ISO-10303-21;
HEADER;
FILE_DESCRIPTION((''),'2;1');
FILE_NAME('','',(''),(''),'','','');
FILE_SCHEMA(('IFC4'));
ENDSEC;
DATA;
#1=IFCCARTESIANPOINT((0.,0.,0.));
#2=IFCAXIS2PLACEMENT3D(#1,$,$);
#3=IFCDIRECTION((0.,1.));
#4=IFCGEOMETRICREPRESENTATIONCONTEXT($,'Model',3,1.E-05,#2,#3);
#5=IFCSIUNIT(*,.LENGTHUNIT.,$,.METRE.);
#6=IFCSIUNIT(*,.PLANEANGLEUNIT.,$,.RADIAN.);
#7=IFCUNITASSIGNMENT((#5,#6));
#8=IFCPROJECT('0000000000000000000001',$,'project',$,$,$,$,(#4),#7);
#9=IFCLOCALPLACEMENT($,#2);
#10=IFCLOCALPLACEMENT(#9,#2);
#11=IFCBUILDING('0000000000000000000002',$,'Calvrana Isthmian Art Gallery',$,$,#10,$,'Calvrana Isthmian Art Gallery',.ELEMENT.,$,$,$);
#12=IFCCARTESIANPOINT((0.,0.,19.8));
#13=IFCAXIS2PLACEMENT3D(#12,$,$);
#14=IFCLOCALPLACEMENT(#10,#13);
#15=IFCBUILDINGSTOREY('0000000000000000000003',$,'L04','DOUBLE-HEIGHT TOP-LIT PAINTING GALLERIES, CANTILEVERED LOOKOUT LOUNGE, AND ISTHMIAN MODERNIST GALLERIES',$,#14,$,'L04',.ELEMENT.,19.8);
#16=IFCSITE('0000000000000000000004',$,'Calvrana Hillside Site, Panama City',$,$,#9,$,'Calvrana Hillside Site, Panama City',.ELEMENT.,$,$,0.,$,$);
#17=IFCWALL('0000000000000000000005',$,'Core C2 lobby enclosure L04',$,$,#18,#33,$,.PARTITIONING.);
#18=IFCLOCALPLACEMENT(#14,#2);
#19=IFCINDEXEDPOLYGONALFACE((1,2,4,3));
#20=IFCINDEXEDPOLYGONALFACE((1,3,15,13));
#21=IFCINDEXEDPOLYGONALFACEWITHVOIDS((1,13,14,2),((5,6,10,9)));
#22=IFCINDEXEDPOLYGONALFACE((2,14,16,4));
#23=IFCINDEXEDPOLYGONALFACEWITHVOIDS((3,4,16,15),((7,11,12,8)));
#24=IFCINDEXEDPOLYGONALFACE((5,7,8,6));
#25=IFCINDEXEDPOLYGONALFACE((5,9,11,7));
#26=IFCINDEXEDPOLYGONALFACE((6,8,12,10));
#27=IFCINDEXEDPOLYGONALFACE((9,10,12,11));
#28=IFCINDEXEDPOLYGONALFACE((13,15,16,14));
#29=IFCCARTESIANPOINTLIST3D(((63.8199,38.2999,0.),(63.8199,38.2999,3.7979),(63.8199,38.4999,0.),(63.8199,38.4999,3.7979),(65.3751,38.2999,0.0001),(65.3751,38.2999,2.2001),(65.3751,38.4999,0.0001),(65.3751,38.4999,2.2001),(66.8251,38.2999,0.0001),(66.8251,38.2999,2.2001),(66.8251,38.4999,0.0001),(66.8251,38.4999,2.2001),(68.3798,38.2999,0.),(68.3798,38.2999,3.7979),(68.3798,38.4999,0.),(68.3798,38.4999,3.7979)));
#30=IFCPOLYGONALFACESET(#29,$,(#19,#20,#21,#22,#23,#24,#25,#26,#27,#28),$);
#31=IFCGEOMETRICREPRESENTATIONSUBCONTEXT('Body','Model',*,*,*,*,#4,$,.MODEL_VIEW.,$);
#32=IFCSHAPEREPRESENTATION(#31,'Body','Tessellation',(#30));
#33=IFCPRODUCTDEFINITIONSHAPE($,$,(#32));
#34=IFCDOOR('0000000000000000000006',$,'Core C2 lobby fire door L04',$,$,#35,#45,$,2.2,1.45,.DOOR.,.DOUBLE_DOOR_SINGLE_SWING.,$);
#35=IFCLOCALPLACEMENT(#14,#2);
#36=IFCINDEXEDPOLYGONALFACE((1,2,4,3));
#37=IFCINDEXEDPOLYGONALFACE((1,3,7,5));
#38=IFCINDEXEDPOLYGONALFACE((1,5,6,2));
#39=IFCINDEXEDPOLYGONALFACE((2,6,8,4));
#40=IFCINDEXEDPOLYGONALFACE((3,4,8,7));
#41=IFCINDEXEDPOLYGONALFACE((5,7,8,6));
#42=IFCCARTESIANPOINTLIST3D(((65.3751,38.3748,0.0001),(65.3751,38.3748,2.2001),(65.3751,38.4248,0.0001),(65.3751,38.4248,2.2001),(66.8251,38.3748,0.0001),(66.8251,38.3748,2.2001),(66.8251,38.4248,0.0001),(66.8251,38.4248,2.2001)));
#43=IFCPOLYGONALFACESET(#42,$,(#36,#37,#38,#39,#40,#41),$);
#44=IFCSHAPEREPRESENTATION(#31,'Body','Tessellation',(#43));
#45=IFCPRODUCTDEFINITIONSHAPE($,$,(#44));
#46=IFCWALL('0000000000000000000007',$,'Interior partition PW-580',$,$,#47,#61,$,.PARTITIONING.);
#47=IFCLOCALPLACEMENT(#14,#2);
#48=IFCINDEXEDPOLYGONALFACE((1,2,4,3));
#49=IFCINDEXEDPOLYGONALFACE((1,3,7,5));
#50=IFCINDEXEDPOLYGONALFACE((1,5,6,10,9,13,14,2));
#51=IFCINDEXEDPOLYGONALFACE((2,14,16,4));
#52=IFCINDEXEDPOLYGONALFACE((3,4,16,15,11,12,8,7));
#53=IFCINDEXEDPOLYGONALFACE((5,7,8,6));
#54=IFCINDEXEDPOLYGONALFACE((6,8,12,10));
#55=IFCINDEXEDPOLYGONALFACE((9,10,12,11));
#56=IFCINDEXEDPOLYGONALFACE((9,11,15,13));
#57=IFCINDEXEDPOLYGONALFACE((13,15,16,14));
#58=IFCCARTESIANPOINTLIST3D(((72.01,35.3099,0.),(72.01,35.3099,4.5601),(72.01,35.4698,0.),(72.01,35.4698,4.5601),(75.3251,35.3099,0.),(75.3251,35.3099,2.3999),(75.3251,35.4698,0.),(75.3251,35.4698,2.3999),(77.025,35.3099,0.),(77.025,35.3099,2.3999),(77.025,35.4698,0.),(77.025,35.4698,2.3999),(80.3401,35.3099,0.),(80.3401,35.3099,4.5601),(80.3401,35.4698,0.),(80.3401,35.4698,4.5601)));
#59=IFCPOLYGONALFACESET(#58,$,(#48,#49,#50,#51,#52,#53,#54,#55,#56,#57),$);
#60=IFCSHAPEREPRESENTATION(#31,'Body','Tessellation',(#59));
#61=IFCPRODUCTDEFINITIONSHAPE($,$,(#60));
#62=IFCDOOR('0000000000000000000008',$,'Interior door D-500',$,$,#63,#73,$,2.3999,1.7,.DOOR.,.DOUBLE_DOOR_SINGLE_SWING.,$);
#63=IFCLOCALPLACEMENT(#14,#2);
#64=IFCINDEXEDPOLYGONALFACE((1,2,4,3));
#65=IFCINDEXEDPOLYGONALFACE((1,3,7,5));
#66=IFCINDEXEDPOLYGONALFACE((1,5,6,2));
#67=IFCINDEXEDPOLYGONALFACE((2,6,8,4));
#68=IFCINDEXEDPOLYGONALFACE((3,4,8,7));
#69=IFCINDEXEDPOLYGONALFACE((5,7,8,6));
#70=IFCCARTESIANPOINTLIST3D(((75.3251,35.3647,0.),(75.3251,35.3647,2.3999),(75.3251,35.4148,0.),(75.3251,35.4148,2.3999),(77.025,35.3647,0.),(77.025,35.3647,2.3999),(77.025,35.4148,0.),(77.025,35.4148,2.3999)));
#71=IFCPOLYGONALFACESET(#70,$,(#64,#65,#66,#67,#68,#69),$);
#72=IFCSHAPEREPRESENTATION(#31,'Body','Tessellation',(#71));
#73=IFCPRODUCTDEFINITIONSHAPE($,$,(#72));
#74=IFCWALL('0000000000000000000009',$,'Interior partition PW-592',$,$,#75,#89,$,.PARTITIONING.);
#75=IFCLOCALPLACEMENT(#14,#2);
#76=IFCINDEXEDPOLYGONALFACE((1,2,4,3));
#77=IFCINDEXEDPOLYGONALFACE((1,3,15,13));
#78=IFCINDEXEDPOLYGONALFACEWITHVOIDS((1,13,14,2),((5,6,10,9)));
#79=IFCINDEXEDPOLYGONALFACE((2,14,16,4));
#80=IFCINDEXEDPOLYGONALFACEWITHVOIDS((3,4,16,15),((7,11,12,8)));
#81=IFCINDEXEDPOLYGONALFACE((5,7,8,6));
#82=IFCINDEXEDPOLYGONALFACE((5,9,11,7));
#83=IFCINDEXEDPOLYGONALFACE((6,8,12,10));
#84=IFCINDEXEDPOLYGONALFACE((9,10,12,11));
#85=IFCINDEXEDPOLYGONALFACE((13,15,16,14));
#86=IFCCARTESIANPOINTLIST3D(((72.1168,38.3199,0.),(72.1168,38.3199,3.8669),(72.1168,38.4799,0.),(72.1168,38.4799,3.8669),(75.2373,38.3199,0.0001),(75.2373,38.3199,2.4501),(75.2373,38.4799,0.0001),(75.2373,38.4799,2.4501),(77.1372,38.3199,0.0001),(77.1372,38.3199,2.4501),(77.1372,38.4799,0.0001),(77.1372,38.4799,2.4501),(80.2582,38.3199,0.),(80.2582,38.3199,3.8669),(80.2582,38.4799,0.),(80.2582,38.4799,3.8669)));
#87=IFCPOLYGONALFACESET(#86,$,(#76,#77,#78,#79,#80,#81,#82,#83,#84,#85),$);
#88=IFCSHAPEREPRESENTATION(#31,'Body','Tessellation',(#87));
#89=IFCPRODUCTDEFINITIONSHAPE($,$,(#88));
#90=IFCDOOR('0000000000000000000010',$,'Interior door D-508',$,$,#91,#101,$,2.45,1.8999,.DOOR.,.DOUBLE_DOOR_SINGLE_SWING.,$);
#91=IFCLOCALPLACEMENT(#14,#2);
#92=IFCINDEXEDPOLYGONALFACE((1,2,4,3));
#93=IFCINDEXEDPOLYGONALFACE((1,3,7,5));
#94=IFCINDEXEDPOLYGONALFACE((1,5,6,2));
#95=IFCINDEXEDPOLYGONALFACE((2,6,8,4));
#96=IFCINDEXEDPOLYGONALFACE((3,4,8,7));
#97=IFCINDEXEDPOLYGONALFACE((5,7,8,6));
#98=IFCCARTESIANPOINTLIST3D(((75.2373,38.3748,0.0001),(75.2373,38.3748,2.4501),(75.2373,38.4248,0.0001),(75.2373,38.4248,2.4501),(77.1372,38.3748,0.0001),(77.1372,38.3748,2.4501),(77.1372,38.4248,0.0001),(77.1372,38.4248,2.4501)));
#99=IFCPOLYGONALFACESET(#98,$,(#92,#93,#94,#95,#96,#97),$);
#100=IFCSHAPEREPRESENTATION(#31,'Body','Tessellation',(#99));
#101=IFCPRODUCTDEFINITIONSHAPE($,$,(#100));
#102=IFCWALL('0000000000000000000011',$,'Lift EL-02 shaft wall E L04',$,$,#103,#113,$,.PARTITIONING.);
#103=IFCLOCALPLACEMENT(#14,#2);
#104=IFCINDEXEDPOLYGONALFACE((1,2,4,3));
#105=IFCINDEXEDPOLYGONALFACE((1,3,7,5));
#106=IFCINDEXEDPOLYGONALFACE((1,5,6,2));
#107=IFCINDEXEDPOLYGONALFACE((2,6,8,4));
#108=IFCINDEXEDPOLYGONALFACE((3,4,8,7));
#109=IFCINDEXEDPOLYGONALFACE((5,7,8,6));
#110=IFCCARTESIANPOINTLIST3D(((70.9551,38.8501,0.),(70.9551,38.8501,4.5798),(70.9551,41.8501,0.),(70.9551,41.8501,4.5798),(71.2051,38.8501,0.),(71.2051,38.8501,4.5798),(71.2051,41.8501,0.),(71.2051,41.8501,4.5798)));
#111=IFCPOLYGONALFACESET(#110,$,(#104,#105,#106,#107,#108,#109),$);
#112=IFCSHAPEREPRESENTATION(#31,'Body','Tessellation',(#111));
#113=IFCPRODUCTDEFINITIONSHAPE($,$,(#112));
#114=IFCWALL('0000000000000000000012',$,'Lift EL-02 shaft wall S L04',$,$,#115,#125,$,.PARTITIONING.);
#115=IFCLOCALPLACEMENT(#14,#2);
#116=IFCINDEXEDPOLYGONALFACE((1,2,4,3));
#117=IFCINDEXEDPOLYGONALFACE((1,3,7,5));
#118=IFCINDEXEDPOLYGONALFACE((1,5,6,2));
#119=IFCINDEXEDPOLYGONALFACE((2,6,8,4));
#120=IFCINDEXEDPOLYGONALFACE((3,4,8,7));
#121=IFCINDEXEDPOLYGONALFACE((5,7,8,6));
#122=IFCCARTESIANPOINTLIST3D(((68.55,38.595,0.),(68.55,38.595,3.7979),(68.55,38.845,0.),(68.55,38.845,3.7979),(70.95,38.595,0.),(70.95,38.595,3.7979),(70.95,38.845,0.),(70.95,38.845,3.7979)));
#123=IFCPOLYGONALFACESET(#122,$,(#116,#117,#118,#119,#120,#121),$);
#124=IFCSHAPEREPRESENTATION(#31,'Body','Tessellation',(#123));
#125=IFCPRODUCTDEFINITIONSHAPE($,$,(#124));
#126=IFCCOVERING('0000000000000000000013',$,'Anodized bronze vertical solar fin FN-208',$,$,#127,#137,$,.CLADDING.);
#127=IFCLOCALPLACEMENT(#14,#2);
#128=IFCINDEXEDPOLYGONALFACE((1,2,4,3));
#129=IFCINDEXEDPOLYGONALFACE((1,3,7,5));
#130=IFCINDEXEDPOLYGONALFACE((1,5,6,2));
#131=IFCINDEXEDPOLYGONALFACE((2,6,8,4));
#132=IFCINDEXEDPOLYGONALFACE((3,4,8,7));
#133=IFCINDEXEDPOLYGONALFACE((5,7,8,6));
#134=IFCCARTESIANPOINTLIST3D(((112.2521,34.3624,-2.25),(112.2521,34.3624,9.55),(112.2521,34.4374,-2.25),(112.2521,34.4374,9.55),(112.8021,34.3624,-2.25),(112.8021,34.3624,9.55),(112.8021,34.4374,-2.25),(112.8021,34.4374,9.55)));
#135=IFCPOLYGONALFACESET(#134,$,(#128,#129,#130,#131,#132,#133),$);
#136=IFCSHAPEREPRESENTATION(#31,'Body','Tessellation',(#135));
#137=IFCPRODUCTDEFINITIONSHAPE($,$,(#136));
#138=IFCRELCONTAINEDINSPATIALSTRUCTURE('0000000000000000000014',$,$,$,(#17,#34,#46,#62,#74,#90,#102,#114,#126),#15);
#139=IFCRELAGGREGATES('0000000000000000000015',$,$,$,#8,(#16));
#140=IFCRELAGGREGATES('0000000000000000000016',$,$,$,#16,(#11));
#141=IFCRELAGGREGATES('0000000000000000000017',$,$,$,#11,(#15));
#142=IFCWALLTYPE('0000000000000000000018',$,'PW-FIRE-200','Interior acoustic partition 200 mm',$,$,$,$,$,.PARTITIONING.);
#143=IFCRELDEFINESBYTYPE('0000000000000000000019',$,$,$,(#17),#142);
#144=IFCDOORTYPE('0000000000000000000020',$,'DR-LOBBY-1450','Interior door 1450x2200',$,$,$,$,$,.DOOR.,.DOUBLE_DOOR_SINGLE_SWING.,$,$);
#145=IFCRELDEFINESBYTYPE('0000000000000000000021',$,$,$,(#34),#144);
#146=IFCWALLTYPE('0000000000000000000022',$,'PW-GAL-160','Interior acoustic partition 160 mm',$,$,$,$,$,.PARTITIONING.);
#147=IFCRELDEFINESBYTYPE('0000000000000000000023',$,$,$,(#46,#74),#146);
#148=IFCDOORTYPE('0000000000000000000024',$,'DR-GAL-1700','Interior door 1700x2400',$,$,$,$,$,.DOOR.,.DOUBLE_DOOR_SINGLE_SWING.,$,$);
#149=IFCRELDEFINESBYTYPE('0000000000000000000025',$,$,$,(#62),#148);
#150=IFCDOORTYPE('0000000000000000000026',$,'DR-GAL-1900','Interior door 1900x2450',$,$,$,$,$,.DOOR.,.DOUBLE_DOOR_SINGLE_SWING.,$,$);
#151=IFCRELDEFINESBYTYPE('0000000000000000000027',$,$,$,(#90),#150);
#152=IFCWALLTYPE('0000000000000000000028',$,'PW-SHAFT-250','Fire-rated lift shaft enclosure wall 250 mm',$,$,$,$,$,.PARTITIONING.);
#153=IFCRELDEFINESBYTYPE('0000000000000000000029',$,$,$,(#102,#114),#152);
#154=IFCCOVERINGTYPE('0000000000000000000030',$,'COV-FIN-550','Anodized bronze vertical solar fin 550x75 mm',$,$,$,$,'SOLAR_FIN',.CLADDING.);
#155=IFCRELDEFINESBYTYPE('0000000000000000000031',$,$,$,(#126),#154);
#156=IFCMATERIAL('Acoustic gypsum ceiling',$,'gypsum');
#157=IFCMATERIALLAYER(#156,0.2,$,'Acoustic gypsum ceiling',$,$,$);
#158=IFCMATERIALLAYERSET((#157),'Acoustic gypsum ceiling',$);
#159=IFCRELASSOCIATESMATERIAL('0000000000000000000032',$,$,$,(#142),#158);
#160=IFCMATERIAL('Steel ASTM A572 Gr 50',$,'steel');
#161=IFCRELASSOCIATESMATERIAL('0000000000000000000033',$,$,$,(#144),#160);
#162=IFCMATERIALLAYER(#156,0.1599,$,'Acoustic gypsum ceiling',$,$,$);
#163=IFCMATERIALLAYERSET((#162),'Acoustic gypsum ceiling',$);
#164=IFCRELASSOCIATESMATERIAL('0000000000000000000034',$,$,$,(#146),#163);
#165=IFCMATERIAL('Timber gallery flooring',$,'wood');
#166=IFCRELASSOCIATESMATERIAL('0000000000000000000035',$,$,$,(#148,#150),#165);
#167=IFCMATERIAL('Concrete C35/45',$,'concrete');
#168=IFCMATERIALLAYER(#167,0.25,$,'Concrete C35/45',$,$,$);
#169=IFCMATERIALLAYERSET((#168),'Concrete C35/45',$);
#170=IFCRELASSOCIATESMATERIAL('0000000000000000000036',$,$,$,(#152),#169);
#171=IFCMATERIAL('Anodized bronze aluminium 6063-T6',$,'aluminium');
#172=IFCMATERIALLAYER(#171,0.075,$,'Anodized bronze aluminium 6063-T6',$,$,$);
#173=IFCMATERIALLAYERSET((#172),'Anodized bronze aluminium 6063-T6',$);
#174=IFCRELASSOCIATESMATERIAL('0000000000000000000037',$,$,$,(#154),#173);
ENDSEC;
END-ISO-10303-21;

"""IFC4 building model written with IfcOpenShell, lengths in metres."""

from ifc_helpers import new_model, si_unit, direction, frame, frame_2d, origin, origin_2d, place, context, subcontext, project, spatial, rectangle, extrude, material, layer, layer_set, type_object, element, fill, save


model = new_model("IFC4")

# Units and contexts
model_context = context("Model", 3, precision=1e-05, world=origin(), true_north=direction((0.0, 1.0)))
body_context = subcontext(model_context, "Body", "Model", "MODEL_VIEW")
ifc_project = project(units=[si_unit("LENGTHUNIT", "METRE"), si_unit("PLANEANGLEUNIT", "RADIAN")], contexts=[model_context])

# Site, building, storey
site_placement = place(None, origin())
site = spatial("IfcSite", under=ifc_project, at=site_placement, Name="Calvrana Hillside Site, Panama City", LongName="Calvrana Hillside Site, Panama City", CompositionType="ELEMENT", RefElevation=0.0)
building_placement = place(site_placement, origin())
building = spatial("IfcBuilding", under=site, at=building_placement, Name="Calvrana Isthmian Art Gallery", LongName="Calvrana Isthmian Art Gallery", CompositionType="ELEMENT")
storey_placement = place(building_placement, frame((0.0, 0.0, 19.8)))
storey = spatial("IfcBuildingStorey", under=building, at=storey_placement, Name="L04", Description="DOUBLE-HEIGHT TOP-LIT PAINTING GALLERIES, CANTILEVERED LOOKOUT LOUNGE, AND ISTHMIAN MODERNIST GALLERIES", LongName="L04", CompositionType="ELEMENT", Elevation=19.8)

# Shared definitions
ifc_material_1 = material(Name="Steel ASTM A572 Gr 50", Category="steel")

# Walls, openings, doors
ifc_material_2 = material(Name="Acoustic gypsum ceiling", Category="gypsum")
ifc_layer_1 = layer(ifc_material_2, 0.2, Name="Acoustic gypsum ceiling")
ifc_layer_set_1 = layer_set([ifc_layer_1], Name="Acoustic gypsum ceiling")
wall_type_1 = type_object("IfcWallType", Name="PW-FIRE-200", Description="Interior acoustic partition 200 mm", PredefinedType="PARTITIONING", material=ifc_layer_set_1)
wall_1_placement = place(storey_placement, frame((63.8201, 38.3999, 0.0), z_axis=(0.0, 0.0, 1.0), x_axis=(1.0, 0.0, 0.0)))
wall_1 = element("IfcWall", 1, at=wall_1_placement, inside=storey, type_object=wall_type_1, Name="Core C2 lobby enclosure L04", PredefinedType="PARTITIONING", context=body_context, shape_type="SweptSolid", body=[
    extrude(rectangle(XDim=4.5598, YDim=0.2, at=frame_2d((2.2798, 0.0))), origin(), (0.0, 0.0, 1.0), 3.7979),
])
opening_1_placement = place(wall_1_placement, frame((1.5549, 0.0, 0.0)))
opening_1 = element("IfcOpeningElement", 2, at=opening_1_placement, cuts=wall_1, PredefinedType="OPENING", context=body_context, shape_type="SweptSolid", body=[
    extrude(rectangle(XDim=1.45, YDim=2.2, at=frame_2d((0.7251, 1.1001))), frame((0.0, 0.1104, 0.0), z_axis=(0.0, -1.0, 0.0), x_axis=(1.0, 0.0, 0.0)), (0.0, 0.0, 1.0), 0.2205),
])
door_type_1 = type_object("IfcDoorType", Name="DR-LOBBY-1450", Description="Interior door 1450x2200", OperationType="DOUBLE_DOOR_SINGLE_SWING", PredefinedType="DOOR", material=ifc_material_1)
door_1_placement = place(opening_1_placement, origin())
door_1 = element("IfcDoor", 3, at=door_1_placement, inside=storey, type_object=door_type_1, Name="Core C2 lobby fire door L04", OperationType="DOUBLE_DOOR_SINGLE_SWING", OverallHeight=2.2, OverallWidth=1.45, PredefinedType="DOOR", context=body_context, shape_type="SweptSolid", body=[
    extrude(rectangle(XDim=1.45, YDim=2.2, at=frame_2d((0.7251, 1.1001))), frame((0.0, 0.0249, 0.0), z_axis=(0.0, -1.0, 0.0), x_axis=(1.0, 0.0, 0.0)), (0.0, 0.0, 1.0), 0.05),
])
fill(opening_1, door_1)
ifc_layer_2 = layer(ifc_material_2, 0.1599, Name="Acoustic gypsum ceiling")
ifc_layer_set_2 = layer_set([ifc_layer_2], Name="Acoustic gypsum ceiling")
wall_type_2 = type_object("IfcWallType", Name="PW-GAL-160", Description="Interior acoustic partition 160 mm", PredefinedType="PARTITIONING", material=ifc_layer_set_2)
wall_2_placement = place(storey_placement, frame((72.01, 35.3899, 0.0), z_axis=(0.0, 0.0, 1.0), x_axis=(1.0, 0.0, 0.0)))
wall_2 = element("IfcWall", 4, at=wall_2_placement, inside=storey, type_object=wall_type_2, Name="Interior partition PW-580", PredefinedType="PARTITIONING", context=body_context, shape_type="SweptSolid", body=[
    extrude(rectangle(XDim=8.3301, YDim=0.1599, at=frame_2d((4.165, 0.0))), origin(), (0.0, 0.0, 1.0), 4.5601),
])
opening_2_placement = place(wall_2_placement, frame((3.3149, 0.0, 0.0)))
opening_2 = element("IfcOpeningElement", 5, at=opening_2_placement, cuts=wall_2, PredefinedType="OPENING", context=body_context, shape_type="SweptSolid", body=[
    extrude(rectangle(XDim=1.7, YDim=2.3999, at=frame_2d((0.8501, 1.2))), frame((0.0, 0.0903, 0.0), z_axis=(0.0, -1.0, 0.0), x_axis=(1.0, 0.0, 0.0)), (0.0, 0.0, 1.0), 0.1804),
])
ifc_material_3 = material(Name="Timber gallery flooring", Category="wood")
door_type_2 = type_object("IfcDoorType", Name="DR-GAL-1700", Description="Interior door 1700x2400", OperationType="DOUBLE_DOOR_SINGLE_SWING", PredefinedType="DOOR", material=ifc_material_3)
door_2_placement = place(opening_2_placement, origin())
door_2 = element("IfcDoor", 6, at=door_2_placement, inside=storey, type_object=door_type_2, Name="Interior door D-500", OperationType="DOUBLE_DOOR_SINGLE_SWING", OverallHeight=2.3999, OverallWidth=1.7, PredefinedType="DOOR", context=body_context, shape_type="SweptSolid", body=[
    extrude(rectangle(XDim=1.7, YDim=2.3999, at=frame_2d((0.8501, 1.2))), frame((0.0, 0.0249, 0.0), z_axis=(0.0, -1.0, 0.0), x_axis=(1.0, 0.0, 0.0)), (0.0, 0.0, 1.0), 0.05),
])
fill(opening_2, door_2)
wall_3_placement = place(storey_placement, frame((72.1167, 38.3999, 0.0), z_axis=(0.0, 0.0, 1.0), x_axis=(1.0, 0.0, 0.0)))
wall_3 = element("IfcWall", 7, at=wall_3_placement, inside=storey, type_object=wall_type_2, Name="Interior partition PW-592", PredefinedType="PARTITIONING", context=body_context, shape_type="SweptSolid", body=[
    extrude(rectangle(XDim=8.1414, YDim=0.1599, at=frame_2d((4.0708, 0.0))), origin(), (0.0, 0.0, 1.0), 3.8669),
])
opening_3_placement = place(wall_3_placement, frame((3.1206, 0.0, 0.0)))
opening_3 = element("IfcOpeningElement", 8, at=opening_3_placement, cuts=wall_3, PredefinedType="OPENING", context=body_context, shape_type="SweptSolid", body=[
    extrude(rectangle(XDim=1.8999, YDim=2.45, at=frame_2d((0.95, 1.2251))), frame((0.0, 0.0903, 0.0), z_axis=(0.0, -1.0, 0.0), x_axis=(1.0, 0.0, 0.0)), (0.0, 0.0, 1.0), 0.1804),
])
door_type_3 = type_object("IfcDoorType", Name="DR-GAL-1900", Description="Interior door 1900x2450", OperationType="DOUBLE_DOOR_SINGLE_SWING", PredefinedType="DOOR", material=ifc_material_3)
door_3_placement = place(opening_3_placement, origin())
door_3 = element("IfcDoor", 9, at=door_3_placement, inside=storey, type_object=door_type_3, Name="Interior door D-508", OperationType="DOUBLE_DOOR_SINGLE_SWING", OverallHeight=2.45, OverallWidth=1.8999, PredefinedType="DOOR", context=body_context, shape_type="SweptSolid", body=[
    extrude(rectangle(XDim=1.8999, YDim=2.45, at=frame_2d((0.95, 1.2251))), frame((0.0, 0.0249, 0.0), z_axis=(0.0, -1.0, 0.0), x_axis=(1.0, 0.0, 0.0)), (0.0, 0.0, 1.0), 0.05),
])
fill(opening_3, door_3)

# Walls
ifc_material_4 = material(Name="Concrete C35/45", Category="concrete")
ifc_layer_3 = layer(ifc_material_4, 0.25, Name="Concrete C35/45")
ifc_layer_set_3 = layer_set([ifc_layer_3], Name="Concrete C35/45")
wall_type_3 = type_object("IfcWallType", Name="PW-SHAFT-250", Description="Fire-rated lift shaft enclosure wall 250 mm", PredefinedType="PARTITIONING", material=ifc_layer_set_3)
wall_4_placement = place(storey_placement, frame((71.0801, 38.8501, 0.0), z_axis=(0.0, 0.0, 1.0), x_axis=(0.0, 1.0, 0.0)))
element("IfcWall", 10, at=wall_4_placement, inside=storey, type_object=wall_type_3, Name="Lift EL-02 shaft wall E L04", PredefinedType="PARTITIONING", context=body_context, shape_type="SweptSolid", body=[
    extrude(rectangle(XDim=3.0, YDim=0.25, at=frame_2d((1.5, 0.0))), origin(), (0.0, 0.0, 1.0), 4.5798),
])
wall_5_placement = place(storey_placement, frame((68.55, 38.72, 0.0), z_axis=(0.0, 0.0, 1.0), x_axis=(1.0, 0.0, 0.0)))
element("IfcWall", 11, at=wall_5_placement, inside=storey, type_object=wall_type_3, Name="Lift EL-02 shaft wall S L04", PredefinedType="PARTITIONING", context=body_context, shape_type="SweptSolid", body=[
    extrude(rectangle(XDim=2.3999, YDim=0.25, at=frame_2d((1.2, 0.0))), origin(), (0.0, 0.0, 1.0), 3.7979),
])

# Covering
ifc_material_5 = material(Name="Anodized bronze aluminium 6063-T6", Category="aluminium")
ifc_layer_4 = layer(ifc_material_5, 0.075, Name="Anodized bronze aluminium 6063-T6")
ifc_layer_set_4 = layer_set([ifc_layer_4], Name="Anodized bronze aluminium 6063-T6")
covering_type = type_object("IfcCoveringType", Name="COV-FIN-550", Description="Anodized bronze vertical solar fin 550x75 mm", ElementType="SOLAR_FIN", PredefinedType="CLADDING", material=ifc_layer_set_4)
covering_placement = place(storey_placement, frame((112.5271, 34.3999, -2.25), z_axis=(0.0, 0.0, 1.0), x_axis=(1.0, 0.0, 0.0)))
element("IfcCovering", 12, at=covering_placement, inside=storey, type_object=covering_type, Name="Anodized bronze vertical solar fin FN-208", PredefinedType="CLADDING", context=body_context, shape_type="SweptSolid", body=[
    extrude(rectangle(XDim=0.55, YDim=0.075, at=origin_2d()), origin(), (0.0, 0.0, 1.0), 11.8),
])

save(model, "model.ifc")
